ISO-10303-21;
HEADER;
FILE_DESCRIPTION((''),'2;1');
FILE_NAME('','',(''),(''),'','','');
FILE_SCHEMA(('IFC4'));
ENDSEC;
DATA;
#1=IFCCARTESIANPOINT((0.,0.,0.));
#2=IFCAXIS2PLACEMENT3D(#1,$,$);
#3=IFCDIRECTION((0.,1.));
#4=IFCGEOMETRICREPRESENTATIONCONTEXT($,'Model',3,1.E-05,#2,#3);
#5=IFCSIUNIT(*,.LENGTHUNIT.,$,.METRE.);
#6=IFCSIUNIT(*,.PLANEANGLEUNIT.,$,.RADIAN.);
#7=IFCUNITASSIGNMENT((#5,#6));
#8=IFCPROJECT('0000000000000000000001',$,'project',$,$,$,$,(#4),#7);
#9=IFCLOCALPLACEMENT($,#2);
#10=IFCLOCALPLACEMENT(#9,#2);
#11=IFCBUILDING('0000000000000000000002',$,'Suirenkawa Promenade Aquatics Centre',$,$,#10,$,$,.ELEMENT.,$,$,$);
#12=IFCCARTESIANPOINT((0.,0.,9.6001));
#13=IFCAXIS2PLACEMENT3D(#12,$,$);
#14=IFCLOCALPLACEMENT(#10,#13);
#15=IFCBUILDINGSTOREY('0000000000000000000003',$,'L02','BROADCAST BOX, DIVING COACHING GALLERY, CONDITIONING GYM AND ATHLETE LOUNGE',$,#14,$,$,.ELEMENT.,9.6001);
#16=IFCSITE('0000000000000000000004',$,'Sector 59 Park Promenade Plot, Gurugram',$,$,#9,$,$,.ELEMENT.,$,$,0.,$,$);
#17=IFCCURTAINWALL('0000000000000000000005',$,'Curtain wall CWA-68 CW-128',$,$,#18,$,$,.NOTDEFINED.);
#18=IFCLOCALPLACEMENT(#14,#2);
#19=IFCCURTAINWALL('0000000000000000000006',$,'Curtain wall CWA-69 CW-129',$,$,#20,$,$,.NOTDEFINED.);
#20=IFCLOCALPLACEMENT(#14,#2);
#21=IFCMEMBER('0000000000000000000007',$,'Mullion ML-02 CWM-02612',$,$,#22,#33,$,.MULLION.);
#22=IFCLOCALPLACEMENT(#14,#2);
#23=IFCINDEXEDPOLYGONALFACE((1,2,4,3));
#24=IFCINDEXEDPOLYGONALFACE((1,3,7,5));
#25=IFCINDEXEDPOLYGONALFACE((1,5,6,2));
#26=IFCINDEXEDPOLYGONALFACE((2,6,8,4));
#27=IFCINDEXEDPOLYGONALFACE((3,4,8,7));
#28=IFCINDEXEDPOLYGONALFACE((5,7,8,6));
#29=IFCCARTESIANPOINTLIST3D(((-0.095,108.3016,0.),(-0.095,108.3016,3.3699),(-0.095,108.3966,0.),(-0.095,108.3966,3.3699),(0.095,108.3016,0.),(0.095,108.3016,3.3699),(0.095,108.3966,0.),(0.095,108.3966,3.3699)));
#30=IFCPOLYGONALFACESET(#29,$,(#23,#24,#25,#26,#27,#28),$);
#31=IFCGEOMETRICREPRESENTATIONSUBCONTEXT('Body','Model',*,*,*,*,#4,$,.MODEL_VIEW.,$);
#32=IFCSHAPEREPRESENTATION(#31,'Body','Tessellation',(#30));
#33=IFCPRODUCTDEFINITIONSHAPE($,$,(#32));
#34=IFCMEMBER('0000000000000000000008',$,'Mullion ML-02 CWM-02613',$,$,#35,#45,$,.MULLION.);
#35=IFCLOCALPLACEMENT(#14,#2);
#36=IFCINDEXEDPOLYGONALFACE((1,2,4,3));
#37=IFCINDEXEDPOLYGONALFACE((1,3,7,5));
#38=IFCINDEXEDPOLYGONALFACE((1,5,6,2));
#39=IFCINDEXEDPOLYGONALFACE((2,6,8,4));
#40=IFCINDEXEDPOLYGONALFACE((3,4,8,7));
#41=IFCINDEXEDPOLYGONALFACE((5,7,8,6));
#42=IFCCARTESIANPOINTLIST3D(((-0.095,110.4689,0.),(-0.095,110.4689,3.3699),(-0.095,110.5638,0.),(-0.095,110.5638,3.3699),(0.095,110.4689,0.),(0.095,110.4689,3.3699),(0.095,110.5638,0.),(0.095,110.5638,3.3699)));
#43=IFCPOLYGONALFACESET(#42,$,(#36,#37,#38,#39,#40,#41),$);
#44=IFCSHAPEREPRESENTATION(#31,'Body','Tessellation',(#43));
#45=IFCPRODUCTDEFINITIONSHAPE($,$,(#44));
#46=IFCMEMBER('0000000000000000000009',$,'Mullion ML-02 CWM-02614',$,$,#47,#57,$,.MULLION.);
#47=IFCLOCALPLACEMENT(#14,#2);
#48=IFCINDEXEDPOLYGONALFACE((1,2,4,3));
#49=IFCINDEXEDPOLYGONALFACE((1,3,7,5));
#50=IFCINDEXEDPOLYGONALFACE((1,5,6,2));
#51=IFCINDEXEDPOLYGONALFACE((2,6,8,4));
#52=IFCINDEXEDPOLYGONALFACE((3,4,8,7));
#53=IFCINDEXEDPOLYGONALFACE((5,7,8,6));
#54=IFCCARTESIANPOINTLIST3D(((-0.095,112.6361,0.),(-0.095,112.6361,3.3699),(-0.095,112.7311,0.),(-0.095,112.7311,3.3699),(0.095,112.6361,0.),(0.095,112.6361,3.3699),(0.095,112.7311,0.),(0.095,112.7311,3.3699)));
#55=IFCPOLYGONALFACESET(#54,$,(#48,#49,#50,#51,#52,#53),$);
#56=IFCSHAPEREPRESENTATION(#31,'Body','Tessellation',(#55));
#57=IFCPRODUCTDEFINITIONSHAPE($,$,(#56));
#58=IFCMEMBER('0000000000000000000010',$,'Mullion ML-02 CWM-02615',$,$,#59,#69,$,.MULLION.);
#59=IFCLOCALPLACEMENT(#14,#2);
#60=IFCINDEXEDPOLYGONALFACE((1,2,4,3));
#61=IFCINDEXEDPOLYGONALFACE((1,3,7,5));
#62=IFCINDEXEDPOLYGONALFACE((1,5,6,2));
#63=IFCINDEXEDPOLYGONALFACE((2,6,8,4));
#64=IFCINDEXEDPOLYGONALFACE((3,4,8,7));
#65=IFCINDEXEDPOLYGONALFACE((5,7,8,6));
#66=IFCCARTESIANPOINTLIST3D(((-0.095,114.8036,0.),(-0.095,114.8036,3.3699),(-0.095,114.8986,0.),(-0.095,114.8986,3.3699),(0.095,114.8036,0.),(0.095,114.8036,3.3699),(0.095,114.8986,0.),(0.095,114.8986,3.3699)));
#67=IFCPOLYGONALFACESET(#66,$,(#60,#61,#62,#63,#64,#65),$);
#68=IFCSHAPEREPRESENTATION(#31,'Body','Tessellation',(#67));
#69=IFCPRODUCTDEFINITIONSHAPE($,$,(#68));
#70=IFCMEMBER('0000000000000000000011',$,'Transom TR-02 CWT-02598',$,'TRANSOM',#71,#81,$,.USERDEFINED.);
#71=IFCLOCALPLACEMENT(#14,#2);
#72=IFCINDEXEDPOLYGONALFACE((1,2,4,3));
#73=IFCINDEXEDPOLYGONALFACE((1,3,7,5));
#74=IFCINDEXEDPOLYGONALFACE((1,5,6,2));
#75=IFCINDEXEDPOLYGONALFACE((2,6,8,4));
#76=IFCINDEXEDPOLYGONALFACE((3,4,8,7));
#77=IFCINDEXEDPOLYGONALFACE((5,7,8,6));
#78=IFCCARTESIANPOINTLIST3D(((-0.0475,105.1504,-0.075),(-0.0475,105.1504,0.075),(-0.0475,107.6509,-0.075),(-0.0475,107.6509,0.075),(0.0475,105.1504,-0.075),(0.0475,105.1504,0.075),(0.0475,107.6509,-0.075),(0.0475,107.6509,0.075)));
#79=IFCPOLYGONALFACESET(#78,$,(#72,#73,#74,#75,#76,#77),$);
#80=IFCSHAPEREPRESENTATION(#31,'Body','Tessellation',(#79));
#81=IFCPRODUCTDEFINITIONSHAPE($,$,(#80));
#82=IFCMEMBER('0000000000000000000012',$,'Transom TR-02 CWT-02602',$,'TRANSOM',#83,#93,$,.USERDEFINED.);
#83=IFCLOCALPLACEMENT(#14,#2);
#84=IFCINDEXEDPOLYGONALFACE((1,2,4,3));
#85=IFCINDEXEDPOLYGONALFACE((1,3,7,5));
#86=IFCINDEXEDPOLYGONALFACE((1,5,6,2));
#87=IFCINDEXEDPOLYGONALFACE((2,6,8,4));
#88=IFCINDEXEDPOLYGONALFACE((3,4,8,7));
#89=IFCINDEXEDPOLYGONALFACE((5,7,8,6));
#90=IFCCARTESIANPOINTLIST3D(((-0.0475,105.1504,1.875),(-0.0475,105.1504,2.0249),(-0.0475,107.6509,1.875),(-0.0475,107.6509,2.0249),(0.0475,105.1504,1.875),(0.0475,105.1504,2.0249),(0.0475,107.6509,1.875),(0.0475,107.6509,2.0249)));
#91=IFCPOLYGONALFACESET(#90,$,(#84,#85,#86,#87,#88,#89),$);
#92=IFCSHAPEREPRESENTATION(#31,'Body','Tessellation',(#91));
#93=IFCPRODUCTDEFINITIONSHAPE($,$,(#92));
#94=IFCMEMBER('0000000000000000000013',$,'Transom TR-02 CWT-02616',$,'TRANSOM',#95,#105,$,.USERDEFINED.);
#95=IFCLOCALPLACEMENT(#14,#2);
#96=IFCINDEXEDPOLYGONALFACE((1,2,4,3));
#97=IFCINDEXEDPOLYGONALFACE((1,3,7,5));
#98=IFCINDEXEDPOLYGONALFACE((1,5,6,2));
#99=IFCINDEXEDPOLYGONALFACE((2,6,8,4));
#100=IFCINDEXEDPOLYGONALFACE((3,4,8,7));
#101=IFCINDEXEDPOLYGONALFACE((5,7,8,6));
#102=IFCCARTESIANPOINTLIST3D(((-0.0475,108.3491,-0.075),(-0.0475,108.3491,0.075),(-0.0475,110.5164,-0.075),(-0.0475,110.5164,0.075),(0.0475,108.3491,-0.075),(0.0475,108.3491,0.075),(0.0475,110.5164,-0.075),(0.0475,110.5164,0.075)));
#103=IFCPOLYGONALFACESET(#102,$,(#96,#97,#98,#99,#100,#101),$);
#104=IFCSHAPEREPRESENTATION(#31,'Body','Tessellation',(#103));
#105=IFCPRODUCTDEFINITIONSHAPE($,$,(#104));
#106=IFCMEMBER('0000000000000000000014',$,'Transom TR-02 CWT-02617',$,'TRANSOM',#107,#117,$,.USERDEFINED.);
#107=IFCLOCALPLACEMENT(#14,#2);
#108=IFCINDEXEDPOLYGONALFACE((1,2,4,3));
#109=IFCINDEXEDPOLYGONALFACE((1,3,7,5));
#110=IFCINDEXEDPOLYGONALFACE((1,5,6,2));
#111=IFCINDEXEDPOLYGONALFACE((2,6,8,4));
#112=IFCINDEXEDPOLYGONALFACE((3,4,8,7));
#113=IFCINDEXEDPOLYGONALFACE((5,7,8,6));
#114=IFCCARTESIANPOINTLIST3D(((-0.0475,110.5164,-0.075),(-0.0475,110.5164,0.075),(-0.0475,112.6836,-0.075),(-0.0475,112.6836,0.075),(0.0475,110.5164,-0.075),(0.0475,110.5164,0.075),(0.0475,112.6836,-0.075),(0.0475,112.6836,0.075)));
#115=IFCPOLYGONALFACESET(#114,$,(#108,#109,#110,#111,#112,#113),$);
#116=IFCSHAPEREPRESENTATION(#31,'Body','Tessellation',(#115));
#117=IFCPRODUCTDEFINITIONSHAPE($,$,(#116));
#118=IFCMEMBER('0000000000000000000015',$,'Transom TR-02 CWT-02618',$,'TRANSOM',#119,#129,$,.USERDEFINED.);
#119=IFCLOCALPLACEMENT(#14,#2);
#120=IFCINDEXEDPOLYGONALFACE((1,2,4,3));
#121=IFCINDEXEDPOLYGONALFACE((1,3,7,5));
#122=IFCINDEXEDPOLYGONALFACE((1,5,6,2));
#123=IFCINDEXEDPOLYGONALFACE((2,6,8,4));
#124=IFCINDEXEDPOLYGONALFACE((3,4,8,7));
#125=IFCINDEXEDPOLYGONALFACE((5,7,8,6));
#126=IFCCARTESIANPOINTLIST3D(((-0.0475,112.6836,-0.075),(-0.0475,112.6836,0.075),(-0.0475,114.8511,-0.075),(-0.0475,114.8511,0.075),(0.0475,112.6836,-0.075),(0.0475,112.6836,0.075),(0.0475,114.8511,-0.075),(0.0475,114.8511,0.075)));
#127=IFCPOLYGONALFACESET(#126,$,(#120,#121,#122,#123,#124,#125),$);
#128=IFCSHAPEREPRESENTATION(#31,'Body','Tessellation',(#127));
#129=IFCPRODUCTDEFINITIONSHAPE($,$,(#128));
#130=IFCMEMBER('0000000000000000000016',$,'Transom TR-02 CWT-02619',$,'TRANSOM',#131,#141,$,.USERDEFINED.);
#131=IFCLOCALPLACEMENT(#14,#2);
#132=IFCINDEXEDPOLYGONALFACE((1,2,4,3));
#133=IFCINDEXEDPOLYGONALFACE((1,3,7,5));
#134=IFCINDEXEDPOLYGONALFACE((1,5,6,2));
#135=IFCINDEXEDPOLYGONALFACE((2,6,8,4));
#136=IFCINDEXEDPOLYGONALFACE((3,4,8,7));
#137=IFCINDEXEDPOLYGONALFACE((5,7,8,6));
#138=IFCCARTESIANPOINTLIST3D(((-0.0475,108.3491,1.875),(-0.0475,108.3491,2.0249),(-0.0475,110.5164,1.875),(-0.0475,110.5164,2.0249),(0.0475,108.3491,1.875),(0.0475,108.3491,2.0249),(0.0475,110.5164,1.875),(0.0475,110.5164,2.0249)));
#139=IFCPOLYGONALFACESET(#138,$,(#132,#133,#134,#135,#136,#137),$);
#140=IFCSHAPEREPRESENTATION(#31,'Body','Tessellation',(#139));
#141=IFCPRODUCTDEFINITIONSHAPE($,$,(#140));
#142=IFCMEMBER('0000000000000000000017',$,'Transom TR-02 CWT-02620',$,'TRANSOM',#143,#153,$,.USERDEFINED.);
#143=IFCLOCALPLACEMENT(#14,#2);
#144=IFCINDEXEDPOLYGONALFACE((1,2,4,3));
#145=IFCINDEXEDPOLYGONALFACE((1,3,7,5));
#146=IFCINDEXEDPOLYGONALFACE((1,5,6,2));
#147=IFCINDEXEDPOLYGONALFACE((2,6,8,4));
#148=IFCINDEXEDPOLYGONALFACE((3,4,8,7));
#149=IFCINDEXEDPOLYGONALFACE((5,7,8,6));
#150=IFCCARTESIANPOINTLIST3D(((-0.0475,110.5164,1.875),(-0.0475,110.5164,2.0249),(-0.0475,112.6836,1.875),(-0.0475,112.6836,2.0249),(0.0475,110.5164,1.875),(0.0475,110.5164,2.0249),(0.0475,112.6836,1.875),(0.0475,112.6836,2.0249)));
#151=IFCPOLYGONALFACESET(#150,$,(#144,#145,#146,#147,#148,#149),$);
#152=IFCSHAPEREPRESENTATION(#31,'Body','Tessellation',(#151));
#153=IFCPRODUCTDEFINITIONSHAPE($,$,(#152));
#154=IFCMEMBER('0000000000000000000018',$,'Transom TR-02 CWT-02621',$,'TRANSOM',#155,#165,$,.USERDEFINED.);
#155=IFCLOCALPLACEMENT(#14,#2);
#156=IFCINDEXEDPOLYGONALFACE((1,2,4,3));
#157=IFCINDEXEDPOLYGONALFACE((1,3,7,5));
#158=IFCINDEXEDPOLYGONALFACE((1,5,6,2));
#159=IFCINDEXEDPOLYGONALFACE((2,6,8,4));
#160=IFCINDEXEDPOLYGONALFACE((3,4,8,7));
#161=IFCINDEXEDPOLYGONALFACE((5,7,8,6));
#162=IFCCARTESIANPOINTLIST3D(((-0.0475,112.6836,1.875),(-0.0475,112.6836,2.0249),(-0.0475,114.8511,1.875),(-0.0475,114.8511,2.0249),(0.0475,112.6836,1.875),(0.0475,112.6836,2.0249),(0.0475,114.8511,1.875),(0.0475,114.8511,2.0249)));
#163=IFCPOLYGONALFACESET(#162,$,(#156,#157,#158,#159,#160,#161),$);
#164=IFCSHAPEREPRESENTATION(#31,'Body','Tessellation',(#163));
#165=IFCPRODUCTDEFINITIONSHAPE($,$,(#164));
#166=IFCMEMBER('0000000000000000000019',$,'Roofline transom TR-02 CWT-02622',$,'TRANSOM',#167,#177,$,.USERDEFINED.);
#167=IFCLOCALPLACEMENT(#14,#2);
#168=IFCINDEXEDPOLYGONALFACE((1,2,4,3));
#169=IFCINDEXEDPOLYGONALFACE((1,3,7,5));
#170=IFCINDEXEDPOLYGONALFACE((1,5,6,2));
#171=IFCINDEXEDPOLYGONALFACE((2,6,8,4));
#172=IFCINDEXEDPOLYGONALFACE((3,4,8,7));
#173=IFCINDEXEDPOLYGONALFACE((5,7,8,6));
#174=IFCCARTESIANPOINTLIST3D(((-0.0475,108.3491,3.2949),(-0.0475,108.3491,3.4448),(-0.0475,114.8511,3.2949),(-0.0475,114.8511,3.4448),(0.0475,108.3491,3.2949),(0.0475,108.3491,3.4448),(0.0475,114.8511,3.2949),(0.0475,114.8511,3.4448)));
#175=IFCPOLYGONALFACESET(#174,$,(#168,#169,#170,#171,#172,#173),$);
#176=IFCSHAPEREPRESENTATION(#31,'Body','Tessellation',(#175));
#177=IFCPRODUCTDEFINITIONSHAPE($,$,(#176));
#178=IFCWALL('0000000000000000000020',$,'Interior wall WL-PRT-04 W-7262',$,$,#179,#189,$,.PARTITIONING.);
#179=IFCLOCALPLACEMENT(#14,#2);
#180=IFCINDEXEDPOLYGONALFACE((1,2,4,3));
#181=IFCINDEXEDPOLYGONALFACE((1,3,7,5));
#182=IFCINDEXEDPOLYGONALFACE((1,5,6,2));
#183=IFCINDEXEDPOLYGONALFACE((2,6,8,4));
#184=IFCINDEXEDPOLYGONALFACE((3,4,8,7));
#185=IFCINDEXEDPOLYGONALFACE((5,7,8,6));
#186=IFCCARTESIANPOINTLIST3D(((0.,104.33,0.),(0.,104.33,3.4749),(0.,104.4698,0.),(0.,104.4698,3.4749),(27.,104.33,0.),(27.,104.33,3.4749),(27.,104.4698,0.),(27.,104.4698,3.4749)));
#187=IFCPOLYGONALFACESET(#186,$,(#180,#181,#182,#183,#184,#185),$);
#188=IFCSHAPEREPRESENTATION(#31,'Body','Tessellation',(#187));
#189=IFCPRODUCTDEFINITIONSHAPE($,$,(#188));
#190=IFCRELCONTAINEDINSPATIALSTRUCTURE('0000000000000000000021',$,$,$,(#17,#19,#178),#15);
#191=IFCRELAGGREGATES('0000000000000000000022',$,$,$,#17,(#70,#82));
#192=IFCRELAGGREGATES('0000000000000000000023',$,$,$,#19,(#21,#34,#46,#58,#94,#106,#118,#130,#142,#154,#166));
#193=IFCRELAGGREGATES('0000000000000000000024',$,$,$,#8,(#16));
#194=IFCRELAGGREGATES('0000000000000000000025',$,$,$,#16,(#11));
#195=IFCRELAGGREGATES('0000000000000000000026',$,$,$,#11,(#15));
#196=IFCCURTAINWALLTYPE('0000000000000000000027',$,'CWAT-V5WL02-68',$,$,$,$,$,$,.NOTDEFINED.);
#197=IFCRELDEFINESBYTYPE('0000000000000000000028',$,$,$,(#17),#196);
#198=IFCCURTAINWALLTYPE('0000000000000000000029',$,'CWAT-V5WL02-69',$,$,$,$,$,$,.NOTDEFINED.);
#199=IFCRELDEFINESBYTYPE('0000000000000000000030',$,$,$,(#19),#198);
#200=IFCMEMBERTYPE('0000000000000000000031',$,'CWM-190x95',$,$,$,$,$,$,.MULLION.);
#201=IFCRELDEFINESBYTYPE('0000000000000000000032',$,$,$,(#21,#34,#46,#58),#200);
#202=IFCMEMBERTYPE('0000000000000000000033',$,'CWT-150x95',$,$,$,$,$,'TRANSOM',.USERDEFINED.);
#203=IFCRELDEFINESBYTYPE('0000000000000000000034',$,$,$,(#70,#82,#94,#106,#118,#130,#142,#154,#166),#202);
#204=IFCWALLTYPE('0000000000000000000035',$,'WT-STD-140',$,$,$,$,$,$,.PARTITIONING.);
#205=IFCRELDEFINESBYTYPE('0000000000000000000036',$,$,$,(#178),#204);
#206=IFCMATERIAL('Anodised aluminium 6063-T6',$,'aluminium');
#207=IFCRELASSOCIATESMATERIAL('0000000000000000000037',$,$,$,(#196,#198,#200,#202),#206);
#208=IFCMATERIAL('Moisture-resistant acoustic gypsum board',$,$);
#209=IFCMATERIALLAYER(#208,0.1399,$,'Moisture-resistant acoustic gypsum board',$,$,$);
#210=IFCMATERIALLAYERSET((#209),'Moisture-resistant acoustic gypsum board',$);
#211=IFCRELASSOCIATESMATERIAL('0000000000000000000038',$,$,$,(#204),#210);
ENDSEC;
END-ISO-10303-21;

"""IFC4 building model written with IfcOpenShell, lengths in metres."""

from ifc_helpers import new_model, si_unit, direction, frame, frame_2d, origin, origin_2d, place, context, subcontext, project, spatial, rectangle, extrude, material, layer, layer_set, material_profile, profile_set, type_object, element, aggregate, save


model = new_model("IFC4")

# Units and contexts
model_context = context("Model", 3, precision=1e-05, world=origin(), true_north=direction((0.0, 1.0)))
body_context = subcontext(model_context, "Body", "Model", "MODEL_VIEW")
ifc_project = project(units=[si_unit("LENGTHUNIT", "METRE"), si_unit("PLANEANGLEUNIT", "RADIAN")], contexts=[model_context])

# Site, building, storey
site_placement = place(None, origin())
site = spatial("IfcSite", under=ifc_project, at=site_placement, Name="Sector 59 Park Promenade Plot, Gurugram", CompositionType="ELEMENT", RefElevation=0.0)
building_placement = place(site_placement, origin())
building = spatial("IfcBuilding", under=site, at=building_placement, Name="Suirenkawa Promenade Aquatics Centre", CompositionType="ELEMENT")
storey_placement = place(building_placement, frame((0.0, 0.0, 9.6001)))
storey = spatial("IfcBuildingStorey", under=building, at=storey_placement, Name="L02", Description="BROADCAST BOX, DIVING COACHING GALLERY, CONDITIONING GYM AND ATHLETE LOUNGE", CompositionType="ELEMENT", Elevation=9.6001)

# Curtain walls, members
ifc_material_1 = material(Name="Anodised aluminium 6063-T6", Category="aluminium")
curtain_wall_type_1 = type_object("IfcCurtainWallType", Name="CWAT-V5WL02-68", PredefinedType="NOTDEFINED", material=ifc_material_1)
curtain_wall_1_placement = place(storey_placement, origin())
curtain_wall_1 = element("IfcCurtainWall", 1, at=curtain_wall_1_placement, inside=storey, type_object=curtain_wall_type_1, Name="Curtain wall CWA-68 CW-128", PredefinedType="NOTDEFINED")
ifc_material_profile_1 = material_profile(ifc_material_1, rectangle(XDim=0.095, YDim=0.1899, at=origin_2d()), Name="ALU MULL 95x190", Category="aluminium")
ifc_profile_set_1 = profile_set([ifc_material_profile_1], Name="Anodised aluminium 6063-T6")
member_type_1 = type_object("IfcMemberType", Name="CWM-190x95", PredefinedType="MULLION", material=ifc_profile_set_1)
curtain_wall_type_2 = type_object("IfcCurtainWallType", Name="CWAT-V5WL02-69", PredefinedType="NOTDEFINED", material=ifc_material_1)
curtain_wall_2_placement = place(storey_placement, origin())
curtain_wall_2 = element("IfcCurtainWall", 2, at=curtain_wall_2_placement, inside=storey, type_object=curtain_wall_type_2, Name="Curtain wall CWA-69 CW-129", PredefinedType="NOTDEFINED")
member_1_placement = place(storey_placement, frame((0.0, 108.3491, 0.0), z_axis=(0.0, 0.0, 1.0), x_axis=(0.0, 1.0, 0.0)))
member_1 = element("IfcMember", 3, at=member_1_placement, type_object=member_type_1, Name="Mullion ML-02 CWM-02612", PredefinedType="MULLION", context=body_context, shape_type="SweptSolid", body=[
    extrude(rectangle(XDim=0.095, YDim=0.1899, at=origin_2d()), origin(), (0.0, 0.0, 1.0), 3.3699),
])
member_2_placement = place(storey_placement, frame((0.0, 110.5164, 0.0), z_axis=(0.0, 0.0, 1.0), x_axis=(0.0, 1.0, 0.0)))
member_2 = element("IfcMember", 4, at=member_2_placement, type_object=member_type_1, Name="Mullion ML-02 CWM-02613", PredefinedType="MULLION", context=body_context, shape_type="SweptSolid", body=[
    extrude(rectangle(XDim=0.095, YDim=0.1899, at=origin_2d()), origin(), (0.0, 0.0, 1.0), 3.3699),
])
member_3_placement = place(storey_placement, frame((0.0, 112.6836, 0.0), z_axis=(0.0, 0.0, 1.0), x_axis=(0.0, 1.0, 0.0)))
member_3 = element("IfcMember", 5, at=member_3_placement, type_object=member_type_1, Name="Mullion ML-02 CWM-02614", PredefinedType="MULLION", context=body_context, shape_type="SweptSolid", body=[
    extrude(rectangle(XDim=0.095, YDim=0.1899, at=origin_2d()), origin(), (0.0, 0.0, 1.0), 3.3699),
])
member_4_placement = place(storey_placement, frame((0.0, 114.8511, 0.0), z_axis=(0.0, 0.0, 1.0), x_axis=(0.0, 1.0, 0.0)))
member_4 = element("IfcMember", 6, at=member_4_placement, type_object=member_type_1, Name="Mullion ML-02 CWM-02615", PredefinedType="MULLION", context=body_context, shape_type="SweptSolid", body=[
    extrude(rectangle(XDim=0.095, YDim=0.1899, at=origin_2d()), origin(), (0.0, 0.0, 1.0), 3.3699),
])

# Members
ifc_material_profile_2 = material_profile(ifc_material_1, rectangle(XDim=0.095, YDim=0.1499, at=origin_2d()), Name="ALU TRAN 95x150", Category="aluminium")
ifc_profile_set_2 = profile_set([ifc_material_profile_2], Name="Anodised aluminium 6063-T6")
member_type_2 = type_object("IfcMemberType", Name="CWT-150x95", ElementType="TRANSOM", PredefinedType="USERDEFINED", material=ifc_profile_set_2)
member_5_placement = place(storey_placement, frame((0.0, 105.1504, 0.0), z_axis=(0.0, 1.0, 0.0), x_axis=(-1.0, 0.0, 0.0)))
member_5 = element("IfcMember", 7, at=member_5_placement, type_object=member_type_2, Name="Transom TR-02 CWT-02598", ObjectType="TRANSOM", PredefinedType="USERDEFINED", context=body_context, shape_type="SweptSolid", body=[
    extrude(rectangle(XDim=0.095, YDim=0.1499, at=origin_2d()), origin(), (0.0, 0.0, 1.0), 2.5005),
])
member_6_placement = place(storey_placement, frame((0.0, 105.1504, 1.95), z_axis=(0.0, 1.0, 0.0), x_axis=(-1.0, 0.0, 0.0)))
member_6 = element("IfcMember", 8, at=member_6_placement, type_object=member_type_2, Name="Transom TR-02 CWT-02602", ObjectType="TRANSOM", PredefinedType="USERDEFINED", context=body_context, shape_type="SweptSolid", body=[
    extrude(rectangle(XDim=0.095, YDim=0.1499, at=origin_2d()), origin(), (0.0, 0.0, 1.0), 2.5005),
])
member_7_placement = place(storey_placement, frame((0.0, 108.3491, 0.0), z_axis=(0.0, 1.0, 0.0), x_axis=(-1.0, 0.0, 0.0)))
member_7 = element("IfcMember", 9, at=member_7_placement, type_object=member_type_2, Name="Transom TR-02 CWT-02616", ObjectType="TRANSOM", PredefinedType="USERDEFINED", context=body_context, shape_type="SweptSolid", body=[
    extrude(rectangle(XDim=0.095, YDim=0.1499, at=origin_2d()), origin(), (0.0, 0.0, 1.0), 2.1672),
])
member_8_placement = place(storey_placement, frame((0.0, 110.5164, 0.0), z_axis=(0.0, 1.0, 0.0), x_axis=(-1.0, 0.0, 0.0)))
member_8 = element("IfcMember", 10, at=member_8_placement, type_object=member_type_2, Name="Transom TR-02 CWT-02617", ObjectType="TRANSOM", PredefinedType="USERDEFINED", context=body_context, shape_type="SweptSolid", body=[
    extrude(rectangle(XDim=0.095, YDim=0.1499, at=origin_2d()), origin(), (0.0, 0.0, 1.0), 2.1672),
])
member_9_placement = place(storey_placement, frame((0.0, 112.6836, 0.0), z_axis=(0.0, 1.0, 0.0), x_axis=(-1.0, 0.0, 0.0)))
member_9 = element("IfcMember", 11, at=member_9_placement, type_object=member_type_2, Name="Transom TR-02 CWT-02618", ObjectType="TRANSOM", PredefinedType="USERDEFINED", context=body_context, shape_type="SweptSolid", body=[
    extrude(rectangle(XDim=0.095, YDim=0.1499, at=origin_2d()), origin(), (0.0, 0.0, 1.0), 2.1675),
])
member_10_placement = place(storey_placement, frame((0.0, 108.3491, 1.95), z_axis=(0.0, 1.0, 0.0), x_axis=(-1.0, 0.0, 0.0)))
member_10 = element("IfcMember", 12, at=member_10_placement, type_object=member_type_2, Name="Transom TR-02 CWT-02619", ObjectType="TRANSOM", PredefinedType="USERDEFINED", context=body_context, shape_type="SweptSolid", body=[
    extrude(rectangle(XDim=0.095, YDim=0.1499, at=origin_2d()), origin(), (0.0, 0.0, 1.0), 2.1672),
])
member_11_placement = place(storey_placement, frame((0.0, 110.5164, 1.95), z_axis=(0.0, 1.0, 0.0), x_axis=(-1.0, 0.0, 0.0)))
member_11 = element("IfcMember", 13, at=member_11_placement, type_object=member_type_2, Name="Transom TR-02 CWT-02620", ObjectType="TRANSOM", PredefinedType="USERDEFINED", context=body_context, shape_type="SweptSolid", body=[
    extrude(rectangle(XDim=0.095, YDim=0.1499, at=origin_2d()), origin(), (0.0, 0.0, 1.0), 2.1672),
])
member_12_placement = place(storey_placement, frame((0.0, 112.6836, 1.95), z_axis=(0.0, 1.0, 0.0), x_axis=(-1.0, 0.0, 0.0)))
member_12 = element("IfcMember", 14, at=member_12_placement, type_object=member_type_2, Name="Transom TR-02 CWT-02621", ObjectType="TRANSOM", PredefinedType="USERDEFINED", context=body_context, shape_type="SweptSolid", body=[
    extrude(rectangle(XDim=0.095, YDim=0.1499, at=origin_2d()), origin(), (0.0, 0.0, 1.0), 2.1675),
])
member_13_placement = place(storey_placement, frame((0.0, 108.3491, 3.3699), z_axis=(0.0, 1.0, 0.0), x_axis=(-1.0, 0.0, 0.0)))
member_13 = element("IfcMember", 15, at=member_13_placement, type_object=member_type_2, Name="Roofline transom TR-02 CWT-02622", ObjectType="TRANSOM", PredefinedType="USERDEFINED", context=body_context, shape_type="SweptSolid", body=[
    extrude(rectangle(XDim=0.095, YDim=0.1499, at=origin_2d()), origin(), (0.0, 0.0, 1.0), 6.502),
])

aggregate(curtain_wall_1, [member_5, member_6])
aggregate(curtain_wall_2, [member_1, member_2, member_3, member_4, member_7, member_8, member_9, member_10, member_11, member_12, member_13])

# Wall
ifc_material_2 = material(Name="Moisture-resistant acoustic gypsum board")
ifc_layer_1 = layer(ifc_material_2, 0.1399, Name="Moisture-resistant acoustic gypsum board")
ifc_layer_set_1 = layer_set([ifc_layer_1], Name="Moisture-resistant acoustic gypsum board")
wall_type = type_object("IfcWallType", Name="WT-STD-140", PredefinedType="PARTITIONING", material=ifc_layer_set_1)
wall_placement = place(storey_placement, frame((0.0, 104.3999, 0.0), z_axis=(0.0, 0.0, 1.0), x_axis=(1.0, 0.0, 0.0)))
element("IfcWall", 16, at=wall_placement, inside=storey, type_object=wall_type, Name="Interior wall WL-PRT-04 W-7262", PredefinedType="PARTITIONING", context=body_context, shape_type="SweptSolid", body=[
    extrude(rectangle(XDim=27.0, YDim=0.1399, at=frame_2d((13.5, 0.0))), origin(), (0.0, 0.0, 1.0), 3.4749),
])

save(model, "model.ifc")
